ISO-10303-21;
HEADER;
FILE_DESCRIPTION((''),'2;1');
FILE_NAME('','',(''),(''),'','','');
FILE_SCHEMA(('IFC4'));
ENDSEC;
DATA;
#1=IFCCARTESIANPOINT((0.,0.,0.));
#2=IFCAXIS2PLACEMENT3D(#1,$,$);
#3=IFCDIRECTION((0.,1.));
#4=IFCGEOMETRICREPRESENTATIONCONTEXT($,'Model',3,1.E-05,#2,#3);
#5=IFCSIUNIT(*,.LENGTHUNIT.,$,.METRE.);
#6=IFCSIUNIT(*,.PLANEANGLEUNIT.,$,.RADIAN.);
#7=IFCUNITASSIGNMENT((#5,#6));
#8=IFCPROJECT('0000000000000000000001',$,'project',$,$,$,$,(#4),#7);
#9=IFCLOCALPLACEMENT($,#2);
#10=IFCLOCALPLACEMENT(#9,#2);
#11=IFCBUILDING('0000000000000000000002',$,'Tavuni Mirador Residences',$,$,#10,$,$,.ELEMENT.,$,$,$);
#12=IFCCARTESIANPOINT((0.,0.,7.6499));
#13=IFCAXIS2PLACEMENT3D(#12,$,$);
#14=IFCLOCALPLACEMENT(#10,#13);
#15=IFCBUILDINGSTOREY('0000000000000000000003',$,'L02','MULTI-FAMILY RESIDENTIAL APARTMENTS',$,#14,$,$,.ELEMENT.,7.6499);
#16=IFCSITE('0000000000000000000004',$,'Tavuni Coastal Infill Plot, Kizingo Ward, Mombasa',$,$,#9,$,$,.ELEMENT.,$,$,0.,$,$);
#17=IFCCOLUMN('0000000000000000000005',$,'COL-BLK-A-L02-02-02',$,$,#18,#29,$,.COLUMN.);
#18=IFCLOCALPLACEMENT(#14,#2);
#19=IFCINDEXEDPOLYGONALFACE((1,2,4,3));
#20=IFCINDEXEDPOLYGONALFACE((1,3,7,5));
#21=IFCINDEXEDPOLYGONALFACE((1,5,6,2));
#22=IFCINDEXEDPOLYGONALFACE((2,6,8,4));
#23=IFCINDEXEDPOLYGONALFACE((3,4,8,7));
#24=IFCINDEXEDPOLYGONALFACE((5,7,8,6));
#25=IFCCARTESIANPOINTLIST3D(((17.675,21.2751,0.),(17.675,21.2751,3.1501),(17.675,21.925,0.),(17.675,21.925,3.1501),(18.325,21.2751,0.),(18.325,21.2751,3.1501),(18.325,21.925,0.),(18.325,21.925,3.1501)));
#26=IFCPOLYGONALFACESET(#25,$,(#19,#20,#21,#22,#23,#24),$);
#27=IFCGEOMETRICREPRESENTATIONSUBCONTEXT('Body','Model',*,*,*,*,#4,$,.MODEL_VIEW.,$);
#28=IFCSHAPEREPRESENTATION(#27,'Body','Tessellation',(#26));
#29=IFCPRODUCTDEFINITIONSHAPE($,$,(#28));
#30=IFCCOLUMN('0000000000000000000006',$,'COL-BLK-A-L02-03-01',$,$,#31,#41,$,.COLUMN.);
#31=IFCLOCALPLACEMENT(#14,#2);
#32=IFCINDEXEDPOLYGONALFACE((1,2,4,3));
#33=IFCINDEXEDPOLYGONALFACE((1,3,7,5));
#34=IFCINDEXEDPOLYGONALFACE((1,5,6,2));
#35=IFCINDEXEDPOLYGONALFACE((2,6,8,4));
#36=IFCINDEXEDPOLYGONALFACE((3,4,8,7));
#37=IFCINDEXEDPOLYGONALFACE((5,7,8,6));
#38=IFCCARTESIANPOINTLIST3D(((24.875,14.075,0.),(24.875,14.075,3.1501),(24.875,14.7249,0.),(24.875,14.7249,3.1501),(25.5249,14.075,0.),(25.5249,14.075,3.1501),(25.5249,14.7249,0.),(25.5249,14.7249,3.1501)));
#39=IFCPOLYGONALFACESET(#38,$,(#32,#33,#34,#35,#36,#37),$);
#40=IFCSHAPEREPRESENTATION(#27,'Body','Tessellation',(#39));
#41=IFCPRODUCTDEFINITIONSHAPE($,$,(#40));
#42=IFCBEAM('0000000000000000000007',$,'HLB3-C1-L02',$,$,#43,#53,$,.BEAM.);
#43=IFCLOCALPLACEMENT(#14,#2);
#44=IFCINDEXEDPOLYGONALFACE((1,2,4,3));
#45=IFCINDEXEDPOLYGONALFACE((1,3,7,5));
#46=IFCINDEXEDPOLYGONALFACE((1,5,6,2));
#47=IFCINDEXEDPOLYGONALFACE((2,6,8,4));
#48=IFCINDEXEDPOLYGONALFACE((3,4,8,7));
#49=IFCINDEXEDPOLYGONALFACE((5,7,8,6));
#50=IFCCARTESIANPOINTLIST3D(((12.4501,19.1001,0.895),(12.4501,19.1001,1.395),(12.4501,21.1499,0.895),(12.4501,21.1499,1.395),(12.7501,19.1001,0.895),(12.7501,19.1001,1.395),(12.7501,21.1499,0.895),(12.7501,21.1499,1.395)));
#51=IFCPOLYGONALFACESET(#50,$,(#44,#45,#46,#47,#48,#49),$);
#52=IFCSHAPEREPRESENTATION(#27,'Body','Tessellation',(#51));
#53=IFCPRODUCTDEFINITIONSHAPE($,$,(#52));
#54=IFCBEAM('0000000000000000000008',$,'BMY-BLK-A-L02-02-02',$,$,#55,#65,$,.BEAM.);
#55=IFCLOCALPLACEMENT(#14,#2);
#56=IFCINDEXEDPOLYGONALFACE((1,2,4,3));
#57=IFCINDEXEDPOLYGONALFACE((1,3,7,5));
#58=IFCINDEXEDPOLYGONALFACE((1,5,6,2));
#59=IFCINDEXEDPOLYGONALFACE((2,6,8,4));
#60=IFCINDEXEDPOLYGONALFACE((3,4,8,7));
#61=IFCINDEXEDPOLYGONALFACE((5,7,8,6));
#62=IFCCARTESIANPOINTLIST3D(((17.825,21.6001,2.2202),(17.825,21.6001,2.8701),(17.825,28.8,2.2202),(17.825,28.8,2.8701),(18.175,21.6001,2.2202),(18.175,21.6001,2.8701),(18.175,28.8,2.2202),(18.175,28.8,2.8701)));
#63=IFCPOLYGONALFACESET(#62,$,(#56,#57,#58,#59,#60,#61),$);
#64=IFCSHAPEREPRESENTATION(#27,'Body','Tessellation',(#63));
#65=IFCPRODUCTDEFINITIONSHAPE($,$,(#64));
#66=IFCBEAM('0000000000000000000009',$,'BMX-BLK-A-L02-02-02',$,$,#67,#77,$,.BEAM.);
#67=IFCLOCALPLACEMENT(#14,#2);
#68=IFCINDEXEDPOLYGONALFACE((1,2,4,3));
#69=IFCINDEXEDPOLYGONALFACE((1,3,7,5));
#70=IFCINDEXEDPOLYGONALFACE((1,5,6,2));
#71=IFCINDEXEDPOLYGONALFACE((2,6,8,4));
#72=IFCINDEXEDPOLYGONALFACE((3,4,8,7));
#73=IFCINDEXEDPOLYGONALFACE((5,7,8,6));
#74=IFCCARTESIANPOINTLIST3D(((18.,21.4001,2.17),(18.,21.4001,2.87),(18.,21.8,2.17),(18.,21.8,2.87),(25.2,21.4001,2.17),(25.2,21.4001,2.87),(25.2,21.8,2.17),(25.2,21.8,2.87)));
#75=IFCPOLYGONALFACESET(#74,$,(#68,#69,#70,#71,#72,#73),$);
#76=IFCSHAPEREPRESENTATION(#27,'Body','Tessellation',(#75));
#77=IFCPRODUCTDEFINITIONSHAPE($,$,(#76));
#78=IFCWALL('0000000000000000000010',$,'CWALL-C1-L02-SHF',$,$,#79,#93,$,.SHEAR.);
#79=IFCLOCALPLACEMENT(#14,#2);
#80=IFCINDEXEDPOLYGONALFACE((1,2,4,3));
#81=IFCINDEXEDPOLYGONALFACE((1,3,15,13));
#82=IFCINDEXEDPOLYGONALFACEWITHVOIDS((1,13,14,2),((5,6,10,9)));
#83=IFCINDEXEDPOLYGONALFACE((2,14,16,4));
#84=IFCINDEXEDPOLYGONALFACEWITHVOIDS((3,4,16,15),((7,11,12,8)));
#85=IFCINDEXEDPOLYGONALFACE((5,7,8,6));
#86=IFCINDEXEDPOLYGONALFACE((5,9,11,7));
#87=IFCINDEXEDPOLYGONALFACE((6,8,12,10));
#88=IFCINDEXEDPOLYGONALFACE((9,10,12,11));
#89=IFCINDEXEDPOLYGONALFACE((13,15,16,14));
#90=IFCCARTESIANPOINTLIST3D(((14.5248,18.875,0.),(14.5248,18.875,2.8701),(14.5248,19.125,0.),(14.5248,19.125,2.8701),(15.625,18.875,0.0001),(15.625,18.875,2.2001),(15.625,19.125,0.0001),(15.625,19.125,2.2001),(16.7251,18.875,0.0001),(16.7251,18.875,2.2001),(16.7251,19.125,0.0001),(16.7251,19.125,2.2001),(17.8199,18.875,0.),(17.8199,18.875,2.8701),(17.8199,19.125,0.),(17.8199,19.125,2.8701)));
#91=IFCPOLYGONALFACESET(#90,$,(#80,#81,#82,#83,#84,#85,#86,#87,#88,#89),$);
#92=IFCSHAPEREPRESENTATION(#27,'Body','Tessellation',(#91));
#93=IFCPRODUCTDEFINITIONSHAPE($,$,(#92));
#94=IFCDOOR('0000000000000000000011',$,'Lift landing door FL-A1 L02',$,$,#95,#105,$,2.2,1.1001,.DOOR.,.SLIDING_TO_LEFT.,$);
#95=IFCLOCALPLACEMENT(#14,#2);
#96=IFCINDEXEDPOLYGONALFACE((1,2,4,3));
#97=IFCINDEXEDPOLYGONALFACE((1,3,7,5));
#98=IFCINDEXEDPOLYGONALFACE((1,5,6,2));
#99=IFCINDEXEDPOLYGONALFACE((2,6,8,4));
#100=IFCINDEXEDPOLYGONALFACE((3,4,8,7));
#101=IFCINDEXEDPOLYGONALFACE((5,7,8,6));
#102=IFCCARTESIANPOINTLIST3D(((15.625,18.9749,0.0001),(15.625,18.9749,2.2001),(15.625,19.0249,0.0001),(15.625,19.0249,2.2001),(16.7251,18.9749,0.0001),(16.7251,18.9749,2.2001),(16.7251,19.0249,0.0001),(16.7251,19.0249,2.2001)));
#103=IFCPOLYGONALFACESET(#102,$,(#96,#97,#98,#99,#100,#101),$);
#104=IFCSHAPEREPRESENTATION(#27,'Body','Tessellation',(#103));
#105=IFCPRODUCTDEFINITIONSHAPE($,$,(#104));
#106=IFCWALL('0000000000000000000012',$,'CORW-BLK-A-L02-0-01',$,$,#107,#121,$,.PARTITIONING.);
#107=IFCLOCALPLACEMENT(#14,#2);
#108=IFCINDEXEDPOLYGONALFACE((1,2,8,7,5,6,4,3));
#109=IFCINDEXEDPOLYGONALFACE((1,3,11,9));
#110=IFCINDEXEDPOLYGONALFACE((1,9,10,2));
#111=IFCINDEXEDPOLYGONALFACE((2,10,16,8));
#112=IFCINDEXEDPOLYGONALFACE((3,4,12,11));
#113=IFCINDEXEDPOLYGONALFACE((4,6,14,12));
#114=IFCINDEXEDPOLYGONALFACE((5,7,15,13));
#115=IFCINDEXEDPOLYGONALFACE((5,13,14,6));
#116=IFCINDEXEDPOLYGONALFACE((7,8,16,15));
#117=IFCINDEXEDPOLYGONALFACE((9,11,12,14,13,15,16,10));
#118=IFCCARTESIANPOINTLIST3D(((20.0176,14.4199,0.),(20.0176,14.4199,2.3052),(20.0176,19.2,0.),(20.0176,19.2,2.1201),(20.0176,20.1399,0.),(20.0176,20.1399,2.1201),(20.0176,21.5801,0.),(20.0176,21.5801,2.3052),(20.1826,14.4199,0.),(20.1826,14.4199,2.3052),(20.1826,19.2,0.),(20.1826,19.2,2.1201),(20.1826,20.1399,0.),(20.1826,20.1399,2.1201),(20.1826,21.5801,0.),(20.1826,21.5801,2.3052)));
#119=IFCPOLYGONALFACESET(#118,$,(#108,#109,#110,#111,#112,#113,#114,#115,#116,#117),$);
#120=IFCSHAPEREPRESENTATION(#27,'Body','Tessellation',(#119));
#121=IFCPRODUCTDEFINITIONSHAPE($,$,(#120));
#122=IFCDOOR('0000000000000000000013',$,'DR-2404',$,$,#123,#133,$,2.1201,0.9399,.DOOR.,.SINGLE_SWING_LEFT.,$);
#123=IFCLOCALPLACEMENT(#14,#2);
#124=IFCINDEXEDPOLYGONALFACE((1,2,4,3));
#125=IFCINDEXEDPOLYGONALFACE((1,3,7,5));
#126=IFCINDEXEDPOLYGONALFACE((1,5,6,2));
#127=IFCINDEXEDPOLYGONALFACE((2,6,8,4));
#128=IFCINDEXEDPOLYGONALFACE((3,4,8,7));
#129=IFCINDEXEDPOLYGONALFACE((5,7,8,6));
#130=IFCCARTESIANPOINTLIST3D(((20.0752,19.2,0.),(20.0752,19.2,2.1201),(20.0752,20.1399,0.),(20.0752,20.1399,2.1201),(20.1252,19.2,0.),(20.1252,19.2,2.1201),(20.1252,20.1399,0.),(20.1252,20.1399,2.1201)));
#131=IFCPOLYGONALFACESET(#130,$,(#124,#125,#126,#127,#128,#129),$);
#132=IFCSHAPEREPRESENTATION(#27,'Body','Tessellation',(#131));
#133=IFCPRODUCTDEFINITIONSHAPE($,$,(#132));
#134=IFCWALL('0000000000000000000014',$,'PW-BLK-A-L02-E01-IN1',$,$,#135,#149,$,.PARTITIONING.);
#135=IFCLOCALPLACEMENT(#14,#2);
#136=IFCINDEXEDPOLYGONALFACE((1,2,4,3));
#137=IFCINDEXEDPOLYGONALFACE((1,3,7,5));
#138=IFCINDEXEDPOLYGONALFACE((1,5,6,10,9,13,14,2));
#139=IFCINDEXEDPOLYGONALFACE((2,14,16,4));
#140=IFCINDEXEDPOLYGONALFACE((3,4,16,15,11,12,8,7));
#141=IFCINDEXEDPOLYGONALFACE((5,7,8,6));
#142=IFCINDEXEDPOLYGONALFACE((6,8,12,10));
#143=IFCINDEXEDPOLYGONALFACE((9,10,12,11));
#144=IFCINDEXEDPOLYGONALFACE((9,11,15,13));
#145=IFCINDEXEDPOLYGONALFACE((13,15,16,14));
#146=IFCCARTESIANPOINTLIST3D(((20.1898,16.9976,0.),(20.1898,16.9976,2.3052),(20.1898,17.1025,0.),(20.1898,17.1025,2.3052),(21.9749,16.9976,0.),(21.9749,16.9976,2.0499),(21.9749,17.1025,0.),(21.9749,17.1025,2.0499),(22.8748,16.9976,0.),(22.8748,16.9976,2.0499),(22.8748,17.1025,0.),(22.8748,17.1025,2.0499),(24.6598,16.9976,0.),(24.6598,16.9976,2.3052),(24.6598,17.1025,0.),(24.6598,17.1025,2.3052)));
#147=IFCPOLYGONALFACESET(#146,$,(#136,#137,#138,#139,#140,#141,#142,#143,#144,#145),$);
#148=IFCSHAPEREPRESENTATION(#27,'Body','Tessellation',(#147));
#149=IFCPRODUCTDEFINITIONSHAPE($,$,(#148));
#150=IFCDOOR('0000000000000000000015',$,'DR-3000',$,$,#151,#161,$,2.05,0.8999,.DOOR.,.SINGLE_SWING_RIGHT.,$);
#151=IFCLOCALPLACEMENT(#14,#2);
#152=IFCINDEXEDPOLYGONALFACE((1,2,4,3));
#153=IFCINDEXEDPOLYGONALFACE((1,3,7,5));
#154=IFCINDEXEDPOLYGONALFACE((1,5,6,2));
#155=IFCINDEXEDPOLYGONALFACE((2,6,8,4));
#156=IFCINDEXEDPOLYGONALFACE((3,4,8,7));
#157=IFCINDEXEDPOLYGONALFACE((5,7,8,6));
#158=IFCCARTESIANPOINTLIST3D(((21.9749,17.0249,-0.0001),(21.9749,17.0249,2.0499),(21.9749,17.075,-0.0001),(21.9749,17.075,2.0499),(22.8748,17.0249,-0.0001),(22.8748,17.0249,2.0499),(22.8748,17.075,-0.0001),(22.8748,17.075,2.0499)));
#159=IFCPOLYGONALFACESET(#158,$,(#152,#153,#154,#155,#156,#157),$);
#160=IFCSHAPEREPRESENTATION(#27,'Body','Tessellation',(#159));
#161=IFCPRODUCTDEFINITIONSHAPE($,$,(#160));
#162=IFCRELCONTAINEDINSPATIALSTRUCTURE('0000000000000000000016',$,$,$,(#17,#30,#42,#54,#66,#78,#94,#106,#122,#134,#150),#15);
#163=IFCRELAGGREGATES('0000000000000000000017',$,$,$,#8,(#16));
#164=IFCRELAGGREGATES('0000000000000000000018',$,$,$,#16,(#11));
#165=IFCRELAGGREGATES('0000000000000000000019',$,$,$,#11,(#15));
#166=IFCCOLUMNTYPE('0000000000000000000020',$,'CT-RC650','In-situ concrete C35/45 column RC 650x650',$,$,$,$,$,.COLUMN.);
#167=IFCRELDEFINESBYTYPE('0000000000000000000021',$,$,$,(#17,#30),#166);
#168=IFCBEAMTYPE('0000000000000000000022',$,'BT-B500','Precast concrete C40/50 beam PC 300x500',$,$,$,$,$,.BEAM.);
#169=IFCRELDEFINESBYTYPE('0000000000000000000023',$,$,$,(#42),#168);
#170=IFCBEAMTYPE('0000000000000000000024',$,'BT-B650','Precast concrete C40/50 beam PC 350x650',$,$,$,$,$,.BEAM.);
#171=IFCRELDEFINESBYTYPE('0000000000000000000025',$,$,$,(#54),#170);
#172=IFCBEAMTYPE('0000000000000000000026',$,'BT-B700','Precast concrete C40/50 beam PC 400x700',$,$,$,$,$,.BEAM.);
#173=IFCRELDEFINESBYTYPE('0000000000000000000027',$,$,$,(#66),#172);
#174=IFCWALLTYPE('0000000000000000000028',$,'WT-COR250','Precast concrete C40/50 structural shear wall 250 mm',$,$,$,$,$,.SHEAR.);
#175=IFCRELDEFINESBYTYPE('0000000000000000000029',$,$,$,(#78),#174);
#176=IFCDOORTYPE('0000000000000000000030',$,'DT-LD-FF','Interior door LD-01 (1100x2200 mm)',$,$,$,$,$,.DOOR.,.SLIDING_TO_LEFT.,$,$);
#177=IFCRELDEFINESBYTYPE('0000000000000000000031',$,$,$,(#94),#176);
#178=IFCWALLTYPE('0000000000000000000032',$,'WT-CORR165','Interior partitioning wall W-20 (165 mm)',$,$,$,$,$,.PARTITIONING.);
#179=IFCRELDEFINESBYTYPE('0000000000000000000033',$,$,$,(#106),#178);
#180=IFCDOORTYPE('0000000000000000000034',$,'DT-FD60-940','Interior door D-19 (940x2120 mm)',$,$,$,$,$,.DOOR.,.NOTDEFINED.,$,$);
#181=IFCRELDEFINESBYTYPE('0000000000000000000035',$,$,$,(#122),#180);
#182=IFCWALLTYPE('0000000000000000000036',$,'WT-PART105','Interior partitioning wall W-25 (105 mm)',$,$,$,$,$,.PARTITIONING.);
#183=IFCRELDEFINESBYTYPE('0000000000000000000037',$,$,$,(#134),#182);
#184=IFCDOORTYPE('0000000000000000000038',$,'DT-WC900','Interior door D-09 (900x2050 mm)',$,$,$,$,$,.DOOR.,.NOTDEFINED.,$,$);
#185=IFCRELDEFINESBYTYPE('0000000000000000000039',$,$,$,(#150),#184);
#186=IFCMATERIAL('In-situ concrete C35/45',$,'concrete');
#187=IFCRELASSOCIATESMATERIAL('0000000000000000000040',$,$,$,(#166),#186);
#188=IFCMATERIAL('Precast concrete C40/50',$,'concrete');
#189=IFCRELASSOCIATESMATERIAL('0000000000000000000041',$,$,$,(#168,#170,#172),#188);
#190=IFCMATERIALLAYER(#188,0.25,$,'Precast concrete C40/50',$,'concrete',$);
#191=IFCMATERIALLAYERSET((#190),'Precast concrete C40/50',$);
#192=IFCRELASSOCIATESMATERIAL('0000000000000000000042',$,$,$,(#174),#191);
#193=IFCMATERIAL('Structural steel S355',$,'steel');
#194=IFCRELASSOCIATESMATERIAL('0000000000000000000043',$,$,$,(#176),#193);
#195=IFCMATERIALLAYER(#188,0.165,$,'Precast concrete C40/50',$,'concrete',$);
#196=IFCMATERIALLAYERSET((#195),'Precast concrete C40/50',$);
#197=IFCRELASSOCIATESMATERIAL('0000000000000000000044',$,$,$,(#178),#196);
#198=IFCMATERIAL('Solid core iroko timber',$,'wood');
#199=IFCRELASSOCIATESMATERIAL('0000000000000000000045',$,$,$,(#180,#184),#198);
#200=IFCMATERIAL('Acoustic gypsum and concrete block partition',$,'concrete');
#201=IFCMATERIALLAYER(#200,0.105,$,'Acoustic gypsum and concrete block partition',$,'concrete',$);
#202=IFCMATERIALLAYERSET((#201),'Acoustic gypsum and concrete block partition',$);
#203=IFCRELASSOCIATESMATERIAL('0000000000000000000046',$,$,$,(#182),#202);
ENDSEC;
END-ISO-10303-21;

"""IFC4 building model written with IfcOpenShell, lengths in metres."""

from ifc_helpers import new_model, si_unit, direction, frame, frame_2d, origin, origin_2d, place, context, subcontext, project, spatial, rectangle, extrude, material, layer, layer_set, material_profile, profile_set, type_object, element, fill, save


model = new_model("IFC4")

# Units and contexts
model_context = context("Model", 3, precision=1e-05, world=origin(), true_north=direction((0.0, 1.0)))
body_context = subcontext(model_context, "Body", "Model", "MODEL_VIEW")
ifc_project = project(units=[si_unit("LENGTHUNIT", "METRE"), si_unit("PLANEANGLEUNIT", "RADIAN")], contexts=[model_context])

# Site, building, storey
site_placement = place(None, origin())
site = spatial("IfcSite", under=ifc_project, at=site_placement, Name="Tavuni Coastal Infill Plot, Kizingo Ward, Mombasa", CompositionType="ELEMENT", RefElevation=0.0)
building_placement = place(site_placement, origin())
building = spatial("IfcBuilding", under=site, at=building_placement, Name="Tavuni Mirador Residences", CompositionType="ELEMENT")
storey_placement = place(building_placement, frame((0.0, 0.0, 7.6499)))
storey = spatial("IfcBuildingStorey", under=building, at=storey_placement, Name="L02", Description="MULTI-FAMILY RESIDENTIAL APARTMENTS", CompositionType="ELEMENT", Elevation=7.6499)

# Columns
ifc_material_1 = material(Name="In-situ concrete C35/45", Category="concrete")
ifc_material_profile_1 = material_profile(ifc_material_1, rectangle(XDim=0.6499, YDim=0.6499, at=origin_2d()), Name="RC 650x650", Category="concrete")
ifc_profile_set_1 = profile_set([ifc_material_profile_1], Name="In-situ concrete C35/45")
column_type = type_object("IfcColumnType", Name="CT-RC650", Description="In-situ concrete C35/45 column RC 650x650", PredefinedType="COLUMN", material=ifc_profile_set_1)
for number, where, z_axis, x_axis, name in (
    (1, (18.0, 21.6001, 0.0), (0.0, 0.0, 1.0), (1.0, 0.0, 0.0), "COL-BLK-A-L02-02-02"),
    (2, (25.2, 14.3999, 0.0), (0.0, 0.0, 1.0), (1.0, 0.0, 0.0), "COL-BLK-A-L02-03-01"),
):
    element("IfcColumn", number, at=place(storey_placement, frame(where, z_axis=z_axis, x_axis=x_axis)), inside=storey, type_object=column_type, Name=name, PredefinedType="COLUMN", context=body_context, shape_type="SweptSolid", body=[
        extrude(rectangle(XDim=0.6499, YDim=0.6499, at=origin_2d()), origin(), (0.0, 0.0, 1.0), 3.1501),
    ])

# Beams
ifc_material_2 = material(Name="Precast concrete C40/50", Category="concrete")
ifc_material_profile_2 = material_profile(ifc_material_2, rectangle(XDim=0.3, YDim=0.5, at=origin_2d()), Name="PC 300x500", Category="concrete")
ifc_profile_set_2 = profile_set([ifc_material_profile_2], Name="Precast concrete C40/50")
beam_type_1 = type_object("IfcBeamType", Name="BT-B500", Description="Precast concrete C40/50 beam PC 300x500", PredefinedType="BEAM", material=ifc_profile_set_2)
beam_1_placement = place(storey_placement, frame((12.6001, 19.1001, 1.145), z_axis=(0.0, 1.0, 0.0), x_axis=(-1.0, 0.0, 0.0)))
element("IfcBeam", 3, at=beam_1_placement, inside=storey, type_object=beam_type_1, Name="HLB3-C1-L02", PredefinedType="BEAM", context=body_context, shape_type="SweptSolid", body=[
    extrude(rectangle(XDim=0.3, YDim=0.5, at=origin_2d()), origin(), (0.0, 0.0, 1.0), 2.0498),
])
ifc_material_profile_3 = material_profile(ifc_material_2, rectangle(XDim=0.3501, YDim=0.6499, at=origin_2d()), Name="PC 350x650", Category="concrete")
ifc_profile_set_3 = profile_set([ifc_material_profile_3], Name="Precast concrete C40/50")
beam_type_2 = type_object("IfcBeamType", Name="BT-B650", Description="Precast concrete C40/50 beam PC 350x650", PredefinedType="BEAM", material=ifc_profile_set_3)
beam_2_placement = place(storey_placement, frame((18.0, 21.6001, 2.5452), z_axis=(0.0, 1.0, 0.0), x_axis=(-1.0, 0.0, 0.0)))
element("IfcBeam", 4, at=beam_2_placement, inside=storey, type_object=beam_type_2, Name="BMY-BLK-A-L02-02-02", PredefinedType="BEAM", context=body_context, shape_type="SweptSolid", body=[
    extrude(rectangle(XDim=0.3501, YDim=0.6499, at=origin_2d()), origin(), (0.0, 0.0, 1.0), 7.2),
])
ifc_material_profile_4 = material_profile(ifc_material_2, rectangle(XDim=0.3999, YDim=0.7, at=origin_2d()), Name="PC 400x700", Category="concrete")
ifc_profile_set_4 = profile_set([ifc_material_profile_4], Name="Precast concrete C40/50")
beam_type_3 = type_object("IfcBeamType", Name="BT-B700", Description="Precast concrete C40/50 beam PC 400x700", PredefinedType="BEAM", material=ifc_profile_set_4)
beam_3_placement = place(storey_placement, frame((18.0, 21.6001, 2.52), z_axis=(1.0, 0.0, 0.0), x_axis=(0.0, 1.0, 0.0)))
element("IfcBeam", 5, at=beam_3_placement, inside=storey, type_object=beam_type_3, Name="BMX-BLK-A-L02-02-02", PredefinedType="BEAM", context=body_context, shape_type="SweptSolid", body=[
    extrude(rectangle(XDim=0.3999, YDim=0.7, at=origin_2d()), origin(), (0.0, 0.0, 1.0), 7.2),
])

# Walls, openings, doors
ifc_layer_1 = layer(ifc_material_2, 0.25, Name="Precast concrete C40/50", Category="concrete")
ifc_layer_set_1 = layer_set([ifc_layer_1], Name="Precast concrete C40/50")
wall_type_1 = type_object("IfcWallType", Name="WT-COR250", Description="Precast concrete C40/50 structural shear wall 250 mm", PredefinedType="SHEAR", material=ifc_layer_set_1)
ifc_material_3 = material(Name="Solid core iroko timber", Category="wood")
wall_1_placement = place(storey_placement, frame((14.5249, 19.0, 0.0), z_axis=(0.0, 0.0, 1.0), x_axis=(1.0, 0.0, 0.0)))
wall_1 = element("IfcWall", 6, at=wall_1_placement, inside=storey, type_object=wall_type_1, Name="CWALL-C1-L02-SHF", PredefinedType="SHEAR", context=body_context, shape_type="SweptSolid", body=[
    extrude(rectangle(XDim=3.2952, YDim=0.25, at=frame_2d((1.6475, 0.0))), origin(), (0.0, 0.0, 1.0), 2.8701),
])
opening_1_placement = place(wall_1_placement, frame((1.1001, 0.0, 0.0)))
opening_1 = element("IfcOpeningElement", 7, at=opening_1_placement, cuts=wall_1, PredefinedType="OPENING", context=body_context, shape_type="SweptSolid", body=[
    extrude(rectangle(XDim=1.1001, YDim=2.2, at=frame_2d((0.55, 1.1001))), frame((0.0, 0.135, 0.0), z_axis=(0.0, -1.0, 0.0), x_axis=(1.0, 0.0, 0.0)), (0.0, 0.0, 1.0), 0.27),
])
ifc_material_4 = material(Name="Structural steel S355", Category="steel")
door_type_1 = type_object("IfcDoorType", Name="DT-LD-FF", Description="Interior door LD-01 (1100x2200 mm)", OperationType="SLIDING_TO_LEFT", PredefinedType="DOOR", material=ifc_material_4)
door_1_placement = place(opening_1_placement, origin())
door_1 = element("IfcDoor", 8, at=door_1_placement, inside=storey, type_object=door_type_1, Name="Lift landing door FL-A1 L02", OperationType="SLIDING_TO_LEFT", OverallHeight=2.2, OverallWidth=1.1001, PredefinedType="DOOR", context=body_context, shape_type="SweptSolid", body=[
    extrude(rectangle(XDim=1.1001, YDim=2.2, at=frame_2d((0.55, 1.1001))), frame((0.0, 0.0249, 0.0), z_axis=(0.0, -1.0, 0.0), x_axis=(1.0, 0.0, 0.0)), (0.0, 0.0, 1.0), 0.05),
])
fill(opening_1, door_1)
ifc_layer_2 = layer(ifc_material_2, 0.165, Name="Precast concrete C40/50", Category="concrete")
ifc_layer_set_2 = layer_set([ifc_layer_2], Name="Precast concrete C40/50")
wall_type_2 = type_object("IfcWallType", Name="WT-CORR165", Description="Interior partitioning wall W-20 (165 mm)", PredefinedType="PARTITIONING", material=ifc_layer_set_2)
wall_2_placement = place(storey_placement, frame((20.1001, 14.4199, 0.0), z_axis=(0.0, 0.0, 1.0), x_axis=(0.0, 1.0, 0.0)))
wall_2 = element("IfcWall", 9, at=wall_2_placement, inside=storey, type_object=wall_type_2, Name="CORW-BLK-A-L02-0-01", PredefinedType="PARTITIONING", context=body_context, shape_type="SweptSolid", body=[
    extrude(rectangle(XDim=7.1602, YDim=0.165, at=frame_2d((3.5801, 0.0))), origin(), (0.0, 0.0, 1.0), 2.3052),
])
opening_2_placement = place(wall_2_placement, frame((4.78, 0.0, 0.0)))
opening_2 = element("IfcOpeningElement", 10, at=opening_2_placement, cuts=wall_2, PredefinedType="OPENING", context=body_context, shape_type="SweptSolid", body=[
    extrude(rectangle(XDim=0.9399, YDim=2.1201, at=frame_2d((0.47, 1.0601))), frame((0.0, 0.0925, 0.0), z_axis=(0.0, -1.0, 0.0), x_axis=(1.0, 0.0, 0.0)), (0.0, 0.0, 1.0), 0.1851),
])
door_type_2 = type_object("IfcDoorType", Name="DT-FD60-940", Description="Interior door D-19 (940x2120 mm)", OperationType="NOTDEFINED", PredefinedType="DOOR", material=ifc_material_3)
door_2_placement = place(opening_2_placement, origin())
door_2 = element("IfcDoor", 11, at=door_2_placement, inside=storey, type_object=door_type_2, Name="DR-2404", OperationType="SINGLE_SWING_LEFT", OverallHeight=2.1201, OverallWidth=0.9399, PredefinedType="DOOR", context=body_context, shape_type="SweptSolid", body=[
    extrude(rectangle(XDim=0.9399, YDim=2.1201, at=frame_2d((0.47, 1.0601))), frame((0.0, 0.0249, 0.0), z_axis=(0.0, -1.0, 0.0), x_axis=(1.0, 0.0, 0.0)), (0.0, 0.0, 1.0), 0.05),
])
fill(opening_2, door_2)
ifc_material_5 = material(Name="Acoustic gypsum and concrete block partition", Category="concrete")
ifc_layer_3 = layer(ifc_material_5, 0.105, Name="Acoustic gypsum and concrete block partition", Category="concrete")
ifc_layer_set_3 = layer_set([ifc_layer_3], Name="Acoustic gypsum and concrete block partition")
wall_type_3 = type_object("IfcWallType", Name="WT-PART105", Description="Interior partitioning wall W-25 (105 mm)", PredefinedType="PARTITIONING", material=ifc_layer_set_3)
wall_3_placement = place(storey_placement, frame((20.1899, 17.05, 0.0), z_axis=(0.0, 0.0, 1.0), x_axis=(1.0, 0.0, 0.0)))
wall_3 = element("IfcWall", 12, at=wall_3_placement, inside=storey, type_object=wall_type_3, Name="PW-BLK-A-L02-E01-IN1", PredefinedType="PARTITIONING", context=body_context, shape_type="SweptSolid", body=[
    extrude(rectangle(XDim=4.47, YDim=0.105, at=frame_2d((2.2349, 0.0))), origin(), (0.0, 0.0, 1.0), 2.3052),
])
opening_3_placement = place(wall_3_placement, frame((1.7849, 0.0, 0.0)))
opening_3 = element("IfcOpeningElement", 13, at=opening_3_placement, cuts=wall_3, PredefinedType="OPENING", context=body_context, shape_type="SweptSolid", body=[
    extrude(rectangle(XDim=0.8999, YDim=2.05, at=frame_2d((0.45, 1.0249))), frame((0.0, 0.0625, 0.0), z_axis=(0.0, -1.0, 0.0), x_axis=(1.0, 0.0, 0.0)), (0.0, 0.0, 1.0), 0.125),
])
door_type_3 = type_object("IfcDoorType", Name="DT-WC900", Description="Interior door D-09 (900x2050 mm)", OperationType="NOTDEFINED", PredefinedType="DOOR", material=ifc_material_3)
door_3_placement = place(opening_3_placement, origin())
door_3 = element("IfcDoor", 14, at=door_3_placement, inside=storey, type_object=door_type_3, Name="DR-3000", OperationType="SINGLE_SWING_RIGHT", OverallHeight=2.05, OverallWidth=0.8999, PredefinedType="DOOR", context=body_context, shape_type="SweptSolid", body=[
    extrude(rectangle(XDim=0.8999, YDim=2.05, at=frame_2d((0.45, 1.0249))), frame((0.0, 0.0249, 0.0), z_axis=(0.0, -1.0, 0.0), x_axis=(1.0, 0.0, 0.0)), (0.0, 0.0, 1.0), 0.05),
])
fill(opening_3, door_3)

save(model, "model.ifc")
